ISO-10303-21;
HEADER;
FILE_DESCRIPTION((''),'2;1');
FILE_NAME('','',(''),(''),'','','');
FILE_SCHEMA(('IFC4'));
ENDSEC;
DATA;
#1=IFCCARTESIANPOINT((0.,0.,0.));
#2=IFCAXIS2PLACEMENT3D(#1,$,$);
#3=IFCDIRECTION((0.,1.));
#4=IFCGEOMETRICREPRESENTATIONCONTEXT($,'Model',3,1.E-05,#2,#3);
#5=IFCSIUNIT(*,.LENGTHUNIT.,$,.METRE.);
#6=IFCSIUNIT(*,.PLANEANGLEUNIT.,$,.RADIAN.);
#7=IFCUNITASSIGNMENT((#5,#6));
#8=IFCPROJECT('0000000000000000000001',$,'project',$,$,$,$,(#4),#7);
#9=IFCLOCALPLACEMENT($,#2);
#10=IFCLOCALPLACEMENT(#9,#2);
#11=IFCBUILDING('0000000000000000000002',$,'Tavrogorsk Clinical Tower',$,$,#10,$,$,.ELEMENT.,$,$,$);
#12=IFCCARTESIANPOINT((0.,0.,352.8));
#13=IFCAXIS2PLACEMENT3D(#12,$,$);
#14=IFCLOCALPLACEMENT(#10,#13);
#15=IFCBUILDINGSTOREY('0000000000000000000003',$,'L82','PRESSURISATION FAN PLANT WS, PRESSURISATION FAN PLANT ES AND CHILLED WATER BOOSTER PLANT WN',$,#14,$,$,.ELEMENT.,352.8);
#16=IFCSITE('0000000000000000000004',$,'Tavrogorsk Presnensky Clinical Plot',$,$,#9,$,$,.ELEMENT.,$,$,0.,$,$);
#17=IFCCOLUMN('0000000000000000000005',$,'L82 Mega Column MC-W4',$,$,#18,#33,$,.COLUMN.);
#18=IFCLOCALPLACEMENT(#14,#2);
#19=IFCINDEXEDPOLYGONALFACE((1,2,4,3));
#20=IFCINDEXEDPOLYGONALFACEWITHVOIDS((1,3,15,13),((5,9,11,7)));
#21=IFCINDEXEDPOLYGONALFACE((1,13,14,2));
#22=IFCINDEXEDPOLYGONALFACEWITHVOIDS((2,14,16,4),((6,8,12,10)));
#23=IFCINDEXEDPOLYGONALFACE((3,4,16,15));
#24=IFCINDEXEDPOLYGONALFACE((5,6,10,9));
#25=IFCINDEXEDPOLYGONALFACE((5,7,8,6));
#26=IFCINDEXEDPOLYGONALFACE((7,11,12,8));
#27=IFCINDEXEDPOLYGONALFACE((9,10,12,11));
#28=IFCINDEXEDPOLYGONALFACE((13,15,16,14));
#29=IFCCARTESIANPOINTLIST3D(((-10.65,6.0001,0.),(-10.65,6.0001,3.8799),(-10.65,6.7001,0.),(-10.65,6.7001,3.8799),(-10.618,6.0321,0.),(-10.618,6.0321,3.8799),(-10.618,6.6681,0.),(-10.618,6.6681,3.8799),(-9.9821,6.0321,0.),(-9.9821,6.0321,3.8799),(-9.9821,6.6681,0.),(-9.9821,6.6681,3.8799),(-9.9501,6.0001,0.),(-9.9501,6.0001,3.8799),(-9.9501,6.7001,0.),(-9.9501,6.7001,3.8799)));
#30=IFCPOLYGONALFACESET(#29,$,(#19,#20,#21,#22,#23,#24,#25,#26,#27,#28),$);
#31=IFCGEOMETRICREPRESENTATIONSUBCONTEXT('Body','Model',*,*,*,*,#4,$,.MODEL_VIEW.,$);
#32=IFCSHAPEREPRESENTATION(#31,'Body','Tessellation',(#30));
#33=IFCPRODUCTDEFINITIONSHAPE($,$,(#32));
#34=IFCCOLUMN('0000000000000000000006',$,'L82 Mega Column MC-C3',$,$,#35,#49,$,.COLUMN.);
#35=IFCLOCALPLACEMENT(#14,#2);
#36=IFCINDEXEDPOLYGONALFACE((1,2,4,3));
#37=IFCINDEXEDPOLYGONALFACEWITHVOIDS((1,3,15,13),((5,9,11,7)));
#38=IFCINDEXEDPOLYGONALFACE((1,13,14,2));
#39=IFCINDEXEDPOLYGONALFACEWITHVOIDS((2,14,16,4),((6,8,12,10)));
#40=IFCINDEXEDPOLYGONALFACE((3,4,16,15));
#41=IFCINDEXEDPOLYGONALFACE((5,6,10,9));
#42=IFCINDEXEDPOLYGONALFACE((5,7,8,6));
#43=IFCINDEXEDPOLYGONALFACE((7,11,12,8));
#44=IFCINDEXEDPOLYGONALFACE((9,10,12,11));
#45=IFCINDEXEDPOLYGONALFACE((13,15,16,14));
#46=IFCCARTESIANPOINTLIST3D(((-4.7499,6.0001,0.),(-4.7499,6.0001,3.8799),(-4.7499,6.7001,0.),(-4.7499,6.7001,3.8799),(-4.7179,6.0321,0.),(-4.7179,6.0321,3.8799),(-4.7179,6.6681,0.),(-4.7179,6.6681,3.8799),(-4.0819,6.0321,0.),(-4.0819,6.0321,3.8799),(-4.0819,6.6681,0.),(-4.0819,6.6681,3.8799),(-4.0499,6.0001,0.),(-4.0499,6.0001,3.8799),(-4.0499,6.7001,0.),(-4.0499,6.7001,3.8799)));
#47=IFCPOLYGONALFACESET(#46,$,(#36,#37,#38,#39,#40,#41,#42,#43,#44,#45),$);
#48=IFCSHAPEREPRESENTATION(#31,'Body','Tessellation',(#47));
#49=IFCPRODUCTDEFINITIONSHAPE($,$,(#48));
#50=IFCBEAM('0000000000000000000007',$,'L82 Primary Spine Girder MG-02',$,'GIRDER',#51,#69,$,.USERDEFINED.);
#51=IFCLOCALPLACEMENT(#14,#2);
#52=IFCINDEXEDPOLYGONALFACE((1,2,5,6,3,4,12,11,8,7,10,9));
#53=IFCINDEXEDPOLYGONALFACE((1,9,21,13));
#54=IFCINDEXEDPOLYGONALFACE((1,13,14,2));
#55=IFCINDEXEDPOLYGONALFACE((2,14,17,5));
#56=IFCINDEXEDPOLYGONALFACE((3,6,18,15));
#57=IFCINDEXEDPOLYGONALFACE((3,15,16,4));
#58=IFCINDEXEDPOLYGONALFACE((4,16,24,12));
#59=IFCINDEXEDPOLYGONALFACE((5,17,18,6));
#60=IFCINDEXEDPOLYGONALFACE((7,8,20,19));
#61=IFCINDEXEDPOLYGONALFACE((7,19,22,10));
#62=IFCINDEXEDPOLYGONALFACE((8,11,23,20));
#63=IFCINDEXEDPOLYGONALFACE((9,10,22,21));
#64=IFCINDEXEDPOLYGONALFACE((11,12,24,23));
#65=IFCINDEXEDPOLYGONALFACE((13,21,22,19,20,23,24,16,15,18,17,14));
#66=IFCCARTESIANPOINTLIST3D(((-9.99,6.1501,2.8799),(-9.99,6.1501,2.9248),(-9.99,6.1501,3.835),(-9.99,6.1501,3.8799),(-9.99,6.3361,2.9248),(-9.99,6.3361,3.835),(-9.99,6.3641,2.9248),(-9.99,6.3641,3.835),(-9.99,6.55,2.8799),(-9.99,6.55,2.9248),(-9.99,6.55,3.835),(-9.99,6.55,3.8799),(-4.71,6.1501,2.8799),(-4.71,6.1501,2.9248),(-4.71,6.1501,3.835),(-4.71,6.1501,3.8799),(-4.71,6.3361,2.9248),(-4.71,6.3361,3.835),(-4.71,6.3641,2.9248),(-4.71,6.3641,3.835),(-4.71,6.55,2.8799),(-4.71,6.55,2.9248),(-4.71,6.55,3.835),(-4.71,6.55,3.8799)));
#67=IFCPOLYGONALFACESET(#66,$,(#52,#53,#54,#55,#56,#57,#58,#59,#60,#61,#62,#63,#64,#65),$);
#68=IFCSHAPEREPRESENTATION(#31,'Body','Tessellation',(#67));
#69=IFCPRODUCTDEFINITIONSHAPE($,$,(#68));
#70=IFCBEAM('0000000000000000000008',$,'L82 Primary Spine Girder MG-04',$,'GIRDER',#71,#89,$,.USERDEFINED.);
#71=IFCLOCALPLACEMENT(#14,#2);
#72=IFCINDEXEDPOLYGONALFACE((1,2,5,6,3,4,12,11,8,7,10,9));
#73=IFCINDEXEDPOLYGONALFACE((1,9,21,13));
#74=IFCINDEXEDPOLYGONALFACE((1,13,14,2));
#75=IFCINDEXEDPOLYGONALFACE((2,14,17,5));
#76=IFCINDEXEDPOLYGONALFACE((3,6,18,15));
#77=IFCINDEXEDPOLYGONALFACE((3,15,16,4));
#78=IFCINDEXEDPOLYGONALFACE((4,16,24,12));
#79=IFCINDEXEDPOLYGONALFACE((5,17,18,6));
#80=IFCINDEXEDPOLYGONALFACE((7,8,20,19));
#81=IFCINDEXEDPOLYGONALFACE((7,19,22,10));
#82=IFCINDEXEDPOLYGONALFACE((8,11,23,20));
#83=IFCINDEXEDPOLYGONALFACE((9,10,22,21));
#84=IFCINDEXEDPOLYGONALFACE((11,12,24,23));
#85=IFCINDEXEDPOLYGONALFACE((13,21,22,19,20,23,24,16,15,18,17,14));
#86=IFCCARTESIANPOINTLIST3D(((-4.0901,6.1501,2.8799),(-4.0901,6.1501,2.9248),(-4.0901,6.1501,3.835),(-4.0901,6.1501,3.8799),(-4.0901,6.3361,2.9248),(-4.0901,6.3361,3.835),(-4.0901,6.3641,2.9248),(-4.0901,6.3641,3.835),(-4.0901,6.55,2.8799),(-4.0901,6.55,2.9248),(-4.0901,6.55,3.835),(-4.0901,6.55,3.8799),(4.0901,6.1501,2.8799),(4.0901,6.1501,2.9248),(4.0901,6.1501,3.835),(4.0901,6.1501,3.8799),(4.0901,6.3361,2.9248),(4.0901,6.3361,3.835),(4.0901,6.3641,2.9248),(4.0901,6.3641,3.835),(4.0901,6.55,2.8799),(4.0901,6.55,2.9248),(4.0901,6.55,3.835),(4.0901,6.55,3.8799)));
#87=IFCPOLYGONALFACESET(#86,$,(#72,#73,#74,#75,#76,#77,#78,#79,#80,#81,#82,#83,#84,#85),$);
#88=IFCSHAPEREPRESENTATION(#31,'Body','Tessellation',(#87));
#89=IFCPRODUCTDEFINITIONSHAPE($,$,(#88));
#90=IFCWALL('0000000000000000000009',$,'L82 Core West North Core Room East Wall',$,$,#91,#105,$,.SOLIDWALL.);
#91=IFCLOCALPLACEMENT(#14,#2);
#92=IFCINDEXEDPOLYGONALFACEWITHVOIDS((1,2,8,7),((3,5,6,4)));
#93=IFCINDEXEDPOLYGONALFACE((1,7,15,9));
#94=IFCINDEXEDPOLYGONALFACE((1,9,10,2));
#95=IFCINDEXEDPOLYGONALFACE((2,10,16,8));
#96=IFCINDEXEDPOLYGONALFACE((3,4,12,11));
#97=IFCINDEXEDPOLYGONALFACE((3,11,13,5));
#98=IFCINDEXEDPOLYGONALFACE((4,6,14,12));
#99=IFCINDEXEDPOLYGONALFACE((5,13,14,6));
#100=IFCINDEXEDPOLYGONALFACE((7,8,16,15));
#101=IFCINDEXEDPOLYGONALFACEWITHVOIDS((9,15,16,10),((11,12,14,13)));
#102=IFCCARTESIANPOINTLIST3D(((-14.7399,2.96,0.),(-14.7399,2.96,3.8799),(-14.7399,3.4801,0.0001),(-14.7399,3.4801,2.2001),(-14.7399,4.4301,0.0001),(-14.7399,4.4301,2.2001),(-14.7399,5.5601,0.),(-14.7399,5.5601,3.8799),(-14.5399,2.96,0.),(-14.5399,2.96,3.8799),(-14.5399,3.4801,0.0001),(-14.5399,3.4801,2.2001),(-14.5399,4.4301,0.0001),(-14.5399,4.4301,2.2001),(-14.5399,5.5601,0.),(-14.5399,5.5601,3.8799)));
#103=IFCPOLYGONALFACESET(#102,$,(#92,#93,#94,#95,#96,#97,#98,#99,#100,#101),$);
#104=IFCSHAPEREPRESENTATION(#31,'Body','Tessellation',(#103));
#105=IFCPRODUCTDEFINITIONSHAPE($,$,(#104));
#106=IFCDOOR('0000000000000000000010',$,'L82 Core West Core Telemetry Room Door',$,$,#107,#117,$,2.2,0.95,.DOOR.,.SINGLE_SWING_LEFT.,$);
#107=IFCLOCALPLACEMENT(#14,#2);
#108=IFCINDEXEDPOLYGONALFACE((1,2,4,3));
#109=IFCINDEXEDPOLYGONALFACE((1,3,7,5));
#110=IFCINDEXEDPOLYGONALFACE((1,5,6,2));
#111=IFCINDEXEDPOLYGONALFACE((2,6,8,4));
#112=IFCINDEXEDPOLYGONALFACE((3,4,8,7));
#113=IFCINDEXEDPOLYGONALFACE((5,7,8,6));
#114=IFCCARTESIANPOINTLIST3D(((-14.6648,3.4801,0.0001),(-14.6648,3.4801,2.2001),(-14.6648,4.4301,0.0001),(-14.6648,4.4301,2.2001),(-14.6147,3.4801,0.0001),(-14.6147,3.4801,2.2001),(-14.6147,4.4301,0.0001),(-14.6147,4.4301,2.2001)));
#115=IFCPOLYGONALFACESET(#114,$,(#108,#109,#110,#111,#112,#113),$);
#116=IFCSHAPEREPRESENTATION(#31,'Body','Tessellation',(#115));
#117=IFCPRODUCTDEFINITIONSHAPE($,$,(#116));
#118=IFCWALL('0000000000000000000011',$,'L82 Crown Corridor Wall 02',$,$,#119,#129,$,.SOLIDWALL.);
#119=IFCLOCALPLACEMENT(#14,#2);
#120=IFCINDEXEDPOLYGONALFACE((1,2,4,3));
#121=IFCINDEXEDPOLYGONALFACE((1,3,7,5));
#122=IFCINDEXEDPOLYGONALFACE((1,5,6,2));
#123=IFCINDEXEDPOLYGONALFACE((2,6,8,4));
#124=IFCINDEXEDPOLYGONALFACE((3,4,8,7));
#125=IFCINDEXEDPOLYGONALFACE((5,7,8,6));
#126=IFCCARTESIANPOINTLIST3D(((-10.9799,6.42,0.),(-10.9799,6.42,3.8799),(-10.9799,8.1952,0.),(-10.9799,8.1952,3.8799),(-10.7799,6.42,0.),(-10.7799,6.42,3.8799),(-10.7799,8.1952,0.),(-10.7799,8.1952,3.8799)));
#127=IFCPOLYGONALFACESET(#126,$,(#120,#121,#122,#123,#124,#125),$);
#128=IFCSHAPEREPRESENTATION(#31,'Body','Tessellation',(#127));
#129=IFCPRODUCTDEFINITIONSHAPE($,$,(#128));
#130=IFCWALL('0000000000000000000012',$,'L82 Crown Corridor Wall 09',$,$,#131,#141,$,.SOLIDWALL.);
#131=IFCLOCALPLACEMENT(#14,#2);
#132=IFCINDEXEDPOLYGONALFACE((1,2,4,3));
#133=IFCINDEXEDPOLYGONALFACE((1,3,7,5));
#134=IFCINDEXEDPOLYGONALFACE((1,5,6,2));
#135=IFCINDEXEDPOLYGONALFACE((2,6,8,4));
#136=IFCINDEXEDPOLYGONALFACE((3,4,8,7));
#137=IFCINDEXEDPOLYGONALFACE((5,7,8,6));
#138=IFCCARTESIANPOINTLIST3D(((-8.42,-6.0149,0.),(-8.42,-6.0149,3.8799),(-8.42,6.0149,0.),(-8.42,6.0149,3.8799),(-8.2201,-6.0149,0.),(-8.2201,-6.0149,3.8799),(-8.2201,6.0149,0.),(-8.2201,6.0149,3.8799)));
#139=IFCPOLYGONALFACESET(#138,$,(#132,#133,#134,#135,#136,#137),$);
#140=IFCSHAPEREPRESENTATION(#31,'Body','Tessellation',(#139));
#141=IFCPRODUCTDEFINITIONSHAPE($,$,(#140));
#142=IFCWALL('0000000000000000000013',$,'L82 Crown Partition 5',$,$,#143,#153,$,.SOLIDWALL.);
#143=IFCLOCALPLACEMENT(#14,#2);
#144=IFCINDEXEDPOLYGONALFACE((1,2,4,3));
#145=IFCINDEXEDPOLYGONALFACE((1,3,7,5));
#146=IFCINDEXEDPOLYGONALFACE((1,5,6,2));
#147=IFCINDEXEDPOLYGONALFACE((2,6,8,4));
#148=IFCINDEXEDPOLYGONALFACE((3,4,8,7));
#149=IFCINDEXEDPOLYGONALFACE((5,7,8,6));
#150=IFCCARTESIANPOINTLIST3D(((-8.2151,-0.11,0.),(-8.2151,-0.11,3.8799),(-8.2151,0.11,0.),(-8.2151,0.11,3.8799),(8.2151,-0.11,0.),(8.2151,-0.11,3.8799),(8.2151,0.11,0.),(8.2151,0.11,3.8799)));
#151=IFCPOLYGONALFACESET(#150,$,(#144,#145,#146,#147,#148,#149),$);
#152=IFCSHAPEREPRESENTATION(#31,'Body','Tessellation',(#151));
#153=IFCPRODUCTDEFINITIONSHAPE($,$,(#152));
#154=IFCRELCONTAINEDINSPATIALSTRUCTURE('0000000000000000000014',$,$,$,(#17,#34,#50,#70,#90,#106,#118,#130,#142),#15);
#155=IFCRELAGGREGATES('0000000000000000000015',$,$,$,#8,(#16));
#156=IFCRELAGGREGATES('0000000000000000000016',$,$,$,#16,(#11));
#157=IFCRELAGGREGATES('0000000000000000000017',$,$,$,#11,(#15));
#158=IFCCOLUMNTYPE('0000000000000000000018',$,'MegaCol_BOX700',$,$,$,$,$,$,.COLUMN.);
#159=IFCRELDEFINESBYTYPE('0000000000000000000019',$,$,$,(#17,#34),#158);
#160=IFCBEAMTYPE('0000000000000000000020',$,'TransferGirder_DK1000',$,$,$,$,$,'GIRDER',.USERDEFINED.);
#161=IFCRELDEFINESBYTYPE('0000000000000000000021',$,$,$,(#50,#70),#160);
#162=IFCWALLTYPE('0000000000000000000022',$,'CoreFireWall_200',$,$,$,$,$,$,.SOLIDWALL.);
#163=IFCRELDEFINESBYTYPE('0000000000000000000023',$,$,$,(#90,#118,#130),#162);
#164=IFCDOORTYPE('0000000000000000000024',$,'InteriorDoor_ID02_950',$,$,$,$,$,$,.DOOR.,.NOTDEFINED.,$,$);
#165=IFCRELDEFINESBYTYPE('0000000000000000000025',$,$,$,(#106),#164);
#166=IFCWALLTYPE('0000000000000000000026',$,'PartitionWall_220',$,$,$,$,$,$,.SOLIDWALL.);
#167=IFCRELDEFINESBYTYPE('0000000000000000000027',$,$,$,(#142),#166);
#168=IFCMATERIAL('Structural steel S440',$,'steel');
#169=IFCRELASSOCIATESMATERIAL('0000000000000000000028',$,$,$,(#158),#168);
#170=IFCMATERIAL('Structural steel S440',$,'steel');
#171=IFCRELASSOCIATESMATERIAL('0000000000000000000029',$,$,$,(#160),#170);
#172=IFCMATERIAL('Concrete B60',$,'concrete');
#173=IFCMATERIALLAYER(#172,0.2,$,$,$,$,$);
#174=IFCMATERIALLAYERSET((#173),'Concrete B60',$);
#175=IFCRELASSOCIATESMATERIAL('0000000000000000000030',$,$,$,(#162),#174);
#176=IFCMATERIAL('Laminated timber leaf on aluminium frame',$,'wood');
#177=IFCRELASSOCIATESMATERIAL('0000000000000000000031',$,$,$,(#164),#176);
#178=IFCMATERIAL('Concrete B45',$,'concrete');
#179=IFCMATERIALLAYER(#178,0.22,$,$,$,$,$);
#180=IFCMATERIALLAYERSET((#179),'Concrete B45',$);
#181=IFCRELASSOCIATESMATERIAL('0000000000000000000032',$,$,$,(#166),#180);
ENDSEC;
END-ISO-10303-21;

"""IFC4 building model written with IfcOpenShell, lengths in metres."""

from ifc_helpers import new_model, si_unit, direction, frame, frame_2d, origin, origin_2d, place, context, subcontext, project, spatial, rectangle, hollow_rectangle, i_section, extrude, material, layer, layer_set, material_profile, profile_set, type_object, element, fill, save


model = new_model("IFC4")

# Units and contexts
model_context = context("Model", 3, precision=1e-05, world=origin(), true_north=direction((0.0, 1.0)))
body_context = subcontext(model_context, "Body", "Model", "MODEL_VIEW")
ifc_project = project(units=[si_unit("LENGTHUNIT", "METRE"), si_unit("PLANEANGLEUNIT", "RADIAN")], contexts=[model_context])

# Site, building, storey
site_placement = place(None, origin())
site = spatial("IfcSite", under=ifc_project, at=site_placement, Name="Tavrogorsk Presnensky Clinical Plot", CompositionType="ELEMENT", RefElevation=0.0)
building_placement = place(site_placement, origin())
building = spatial("IfcBuilding", under=site, at=building_placement, Name="Tavrogorsk Clinical Tower", CompositionType="ELEMENT")
storey_placement = place(building_placement, frame((0.0, 0.0, 352.8)))
storey = spatial("IfcBuildingStorey", under=building, at=storey_placement, Name="L82", Description="PRESSURISATION FAN PLANT WS, PRESSURISATION FAN PLANT ES AND CHILLED WATER BOOSTER PLANT WN", CompositionType="ELEMENT", Elevation=352.8)

# Columns
ifc_material_1 = material(Name="Structural steel S440", Category="steel")
ifc_material_profile_1 = material_profile(ifc_material_1, hollow_rectangle(XDim=0.7, YDim=0.7, WallThickness=0.032, at=origin_2d()), Name="BOX-700x700x32")
ifc_profile_set_1 = profile_set([ifc_material_profile_1], Name="Structural steel S440")
column_type = type_object("IfcColumnType", Name="MegaCol_BOX700", PredefinedType="COLUMN", material=ifc_profile_set_1)
for number, where, z_axis, x_axis, name in (
    (1, (-10.3, 6.3501, 0.0), (0.0, 0.0, 1.0), (1.0, 0.0, 0.0), "L82 Mega Column MC-W4"),
    (2, (-4.3999, 6.3501, 0.0), (0.0, 0.0, 1.0), (1.0, 0.0, 0.0), "L82 Mega Column MC-C3"),
):
    element("IfcColumn", number, at=place(storey_placement, frame(where, z_axis=z_axis, x_axis=x_axis)), inside=storey, type_object=column_type, Name=name, PredefinedType="COLUMN", context=body_context, shape_type="SweptSolid", body=[
        extrude(hollow_rectangle(XDim=0.7, YDim=0.7, WallThickness=0.032, at=origin_2d()), origin(), (0.0, 0.0, 1.0), 3.8799),
    ])

# Beams
ifc_material_2 = material(Name="Structural steel S440", Category="steel")
ifc_material_profile_2 = material_profile(ifc_material_2, i_section(OverallWidth=0.3999, OverallDepth=1.0, WebThickness=0.0281, FlangeThickness=0.0449, at=origin_2d()), Name="DK-1000x400x28x45")
ifc_profile_set_2 = profile_set([ifc_material_profile_2], Name="Structural steel S440")
beam_type = type_object("IfcBeamType", Name="TransferGirder_DK1000", ElementType="GIRDER", PredefinedType="USERDEFINED", material=ifc_profile_set_2)
beam_1_placement = place(storey_placement, frame((-9.99, 6.3501, 3.3799), z_axis=(1.0, 0.0, 0.0), x_axis=(0.0, 1.0, 0.0)))
element("IfcBeam", 3, at=beam_1_placement, inside=storey, type_object=beam_type, Name="L82 Primary Spine Girder MG-02", ObjectType="GIRDER", PredefinedType="USERDEFINED", context=body_context, shape_type="SweptSolid", body=[
    extrude(i_section(OverallWidth=0.3999, OverallDepth=1.0, WebThickness=0.0281, FlangeThickness=0.0449, at=origin_2d()), origin(), (0.0, 0.0, 1.0), 5.28),
])
beam_2_placement = place(storey_placement, frame((-4.0901, 6.3501, 3.3799), z_axis=(1.0, 0.0, 0.0), x_axis=(0.0, 1.0, 0.0)))
element("IfcBeam", 4, at=beam_2_placement, inside=storey, type_object=beam_type, Name="L82 Primary Spine Girder MG-04", ObjectType="GIRDER", PredefinedType="USERDEFINED", context=body_context, shape_type="SweptSolid", body=[
    extrude(i_section(OverallWidth=0.3999, OverallDepth=1.0, WebThickness=0.0281, FlangeThickness=0.0449, at=origin_2d()), origin(), (0.0, 0.0, 1.0), 8.1802),
])

# Wall, opening, door
ifc_material_3 = material(Name="Concrete B60", Category="concrete")
ifc_layer_1 = layer(ifc_material_3, 0.2)
ifc_layer_set_1 = layer_set([ifc_layer_1], Name="Concrete B60")
wall_type_1 = type_object("IfcWallType", Name="CoreFireWall_200", PredefinedType="SOLIDWALL", material=ifc_layer_set_1)
wall_1_placement = place(storey_placement, frame((-14.6399, 2.96, 0.0), z_axis=(0.0, 0.0, 1.0), x_axis=(0.0, 1.0, 0.0)))
wall_1 = element("IfcWall", 5, at=wall_1_placement, inside=storey, type_object=wall_type_1, Name="L82 Core West North Core Room East Wall", PredefinedType="SOLIDWALL", context=body_context, shape_type="SweptSolid", body=[
    extrude(rectangle(XDim=2.6001, YDim=0.2, at=frame_2d((1.3, 0.0))), origin(), (0.0, 0.0, 1.0), 3.8799),
])
opening_1_placement = place(wall_1_placement, frame((0.52, 0.0, 0.0)))
opening_1 = element("IfcOpeningElement", 6, at=opening_1_placement, cuts=wall_1, PredefinedType="OPENING", context=body_context, shape_type="SweptSolid", body=[
    extrude(rectangle(XDim=0.95, YDim=2.2, at=frame_2d((0.4751, 1.1001))), frame((0.0, 0.1099, 0.0), z_axis=(0.0, -1.0, 0.0), x_axis=(1.0, 0.0, 0.0)), (0.0, 0.0, 1.0), 0.22),
])
ifc_material_4 = material(Name="Laminated timber leaf on aluminium frame", Category="wood")
door_type_1 = type_object("IfcDoorType", Name="InteriorDoor_ID02_950", OperationType="NOTDEFINED", PredefinedType="DOOR", material=ifc_material_4)
door_1_placement = place(opening_1_placement, origin())
door_1 = element("IfcDoor", 7, at=door_1_placement, inside=storey, type_object=door_type_1, Name="L82 Core West Core Telemetry Room Door", OperationType="SINGLE_SWING_LEFT", OverallHeight=2.2, OverallWidth=0.95, PredefinedType="DOOR", context=body_context, shape_type="SweptSolid", body=[
    extrude(rectangle(XDim=0.95, YDim=2.2, at=frame_2d((0.4751, 1.1001))), frame((0.0, 0.0249, 0.0), z_axis=(0.0, -1.0, 0.0), x_axis=(1.0, 0.0, 0.0)), (0.0, 0.0, 1.0), 0.05),
])
fill(opening_1, door_1)

# Walls
wall_2_placement = place(storey_placement, frame((-10.8799, 6.4199, 0.0), z_axis=(0.0, 0.0, 1.0), x_axis=(0.0, 1.0, 0.0)))
element("IfcWall", 8, at=wall_2_placement, inside=storey, type_object=wall_type_1, Name="L82 Crown Corridor Wall 02", PredefinedType="SOLIDWALL", context=body_context, shape_type="SweptSolid", body=[
    extrude(rectangle(XDim=1.7751, YDim=0.2, at=frame_2d((0.8877, 0.0))), origin(), (0.0, 0.0, 1.0), 3.8799),
])
wall_3_placement = place(storey_placement, frame((-8.3201, 6.0149, 0.0), z_axis=(0.0, 0.0, 1.0), x_axis=(0.0, -1.0, 0.0)))
element("IfcWall", 9, at=wall_3_placement, inside=storey, type_object=wall_type_1, Name="L82 Crown Corridor Wall 09", PredefinedType="SOLIDWALL", context=body_context, shape_type="SweptSolid", body=[
    extrude(rectangle(XDim=12.0298, YDim=0.2, at=frame_2d((6.0149, 0.0))), origin(), (0.0, 0.0, 1.0), 3.8799),
])
ifc_material_5 = material(Name="Concrete B45", Category="concrete")
ifc_layer_2 = layer(ifc_material_5, 0.22)
ifc_layer_set_2 = layer_set([ifc_layer_2], Name="Concrete B45")
wall_type_2 = type_object("IfcWallType", Name="PartitionWall_220", PredefinedType="SOLIDWALL", material=ifc_layer_set_2)
wall_4_placement = place(storey_placement, frame((-8.2151, 0.0, 0.0), z_axis=(0.0, 0.0, 1.0), x_axis=(1.0, 0.0, 0.0)))
element("IfcWall", 10, at=wall_4_placement, inside=storey, type_object=wall_type_2, Name="L82 Crown Partition 5", PredefinedType="SOLIDWALL", context=body_context, shape_type="SweptSolid", body=[
    extrude(rectangle(XDim=16.4302, YDim=0.22, at=frame_2d((8.2151, 0.0))), origin(), (0.0, 0.0, 1.0), 3.8799),
])

save(model, "model.ifc")
